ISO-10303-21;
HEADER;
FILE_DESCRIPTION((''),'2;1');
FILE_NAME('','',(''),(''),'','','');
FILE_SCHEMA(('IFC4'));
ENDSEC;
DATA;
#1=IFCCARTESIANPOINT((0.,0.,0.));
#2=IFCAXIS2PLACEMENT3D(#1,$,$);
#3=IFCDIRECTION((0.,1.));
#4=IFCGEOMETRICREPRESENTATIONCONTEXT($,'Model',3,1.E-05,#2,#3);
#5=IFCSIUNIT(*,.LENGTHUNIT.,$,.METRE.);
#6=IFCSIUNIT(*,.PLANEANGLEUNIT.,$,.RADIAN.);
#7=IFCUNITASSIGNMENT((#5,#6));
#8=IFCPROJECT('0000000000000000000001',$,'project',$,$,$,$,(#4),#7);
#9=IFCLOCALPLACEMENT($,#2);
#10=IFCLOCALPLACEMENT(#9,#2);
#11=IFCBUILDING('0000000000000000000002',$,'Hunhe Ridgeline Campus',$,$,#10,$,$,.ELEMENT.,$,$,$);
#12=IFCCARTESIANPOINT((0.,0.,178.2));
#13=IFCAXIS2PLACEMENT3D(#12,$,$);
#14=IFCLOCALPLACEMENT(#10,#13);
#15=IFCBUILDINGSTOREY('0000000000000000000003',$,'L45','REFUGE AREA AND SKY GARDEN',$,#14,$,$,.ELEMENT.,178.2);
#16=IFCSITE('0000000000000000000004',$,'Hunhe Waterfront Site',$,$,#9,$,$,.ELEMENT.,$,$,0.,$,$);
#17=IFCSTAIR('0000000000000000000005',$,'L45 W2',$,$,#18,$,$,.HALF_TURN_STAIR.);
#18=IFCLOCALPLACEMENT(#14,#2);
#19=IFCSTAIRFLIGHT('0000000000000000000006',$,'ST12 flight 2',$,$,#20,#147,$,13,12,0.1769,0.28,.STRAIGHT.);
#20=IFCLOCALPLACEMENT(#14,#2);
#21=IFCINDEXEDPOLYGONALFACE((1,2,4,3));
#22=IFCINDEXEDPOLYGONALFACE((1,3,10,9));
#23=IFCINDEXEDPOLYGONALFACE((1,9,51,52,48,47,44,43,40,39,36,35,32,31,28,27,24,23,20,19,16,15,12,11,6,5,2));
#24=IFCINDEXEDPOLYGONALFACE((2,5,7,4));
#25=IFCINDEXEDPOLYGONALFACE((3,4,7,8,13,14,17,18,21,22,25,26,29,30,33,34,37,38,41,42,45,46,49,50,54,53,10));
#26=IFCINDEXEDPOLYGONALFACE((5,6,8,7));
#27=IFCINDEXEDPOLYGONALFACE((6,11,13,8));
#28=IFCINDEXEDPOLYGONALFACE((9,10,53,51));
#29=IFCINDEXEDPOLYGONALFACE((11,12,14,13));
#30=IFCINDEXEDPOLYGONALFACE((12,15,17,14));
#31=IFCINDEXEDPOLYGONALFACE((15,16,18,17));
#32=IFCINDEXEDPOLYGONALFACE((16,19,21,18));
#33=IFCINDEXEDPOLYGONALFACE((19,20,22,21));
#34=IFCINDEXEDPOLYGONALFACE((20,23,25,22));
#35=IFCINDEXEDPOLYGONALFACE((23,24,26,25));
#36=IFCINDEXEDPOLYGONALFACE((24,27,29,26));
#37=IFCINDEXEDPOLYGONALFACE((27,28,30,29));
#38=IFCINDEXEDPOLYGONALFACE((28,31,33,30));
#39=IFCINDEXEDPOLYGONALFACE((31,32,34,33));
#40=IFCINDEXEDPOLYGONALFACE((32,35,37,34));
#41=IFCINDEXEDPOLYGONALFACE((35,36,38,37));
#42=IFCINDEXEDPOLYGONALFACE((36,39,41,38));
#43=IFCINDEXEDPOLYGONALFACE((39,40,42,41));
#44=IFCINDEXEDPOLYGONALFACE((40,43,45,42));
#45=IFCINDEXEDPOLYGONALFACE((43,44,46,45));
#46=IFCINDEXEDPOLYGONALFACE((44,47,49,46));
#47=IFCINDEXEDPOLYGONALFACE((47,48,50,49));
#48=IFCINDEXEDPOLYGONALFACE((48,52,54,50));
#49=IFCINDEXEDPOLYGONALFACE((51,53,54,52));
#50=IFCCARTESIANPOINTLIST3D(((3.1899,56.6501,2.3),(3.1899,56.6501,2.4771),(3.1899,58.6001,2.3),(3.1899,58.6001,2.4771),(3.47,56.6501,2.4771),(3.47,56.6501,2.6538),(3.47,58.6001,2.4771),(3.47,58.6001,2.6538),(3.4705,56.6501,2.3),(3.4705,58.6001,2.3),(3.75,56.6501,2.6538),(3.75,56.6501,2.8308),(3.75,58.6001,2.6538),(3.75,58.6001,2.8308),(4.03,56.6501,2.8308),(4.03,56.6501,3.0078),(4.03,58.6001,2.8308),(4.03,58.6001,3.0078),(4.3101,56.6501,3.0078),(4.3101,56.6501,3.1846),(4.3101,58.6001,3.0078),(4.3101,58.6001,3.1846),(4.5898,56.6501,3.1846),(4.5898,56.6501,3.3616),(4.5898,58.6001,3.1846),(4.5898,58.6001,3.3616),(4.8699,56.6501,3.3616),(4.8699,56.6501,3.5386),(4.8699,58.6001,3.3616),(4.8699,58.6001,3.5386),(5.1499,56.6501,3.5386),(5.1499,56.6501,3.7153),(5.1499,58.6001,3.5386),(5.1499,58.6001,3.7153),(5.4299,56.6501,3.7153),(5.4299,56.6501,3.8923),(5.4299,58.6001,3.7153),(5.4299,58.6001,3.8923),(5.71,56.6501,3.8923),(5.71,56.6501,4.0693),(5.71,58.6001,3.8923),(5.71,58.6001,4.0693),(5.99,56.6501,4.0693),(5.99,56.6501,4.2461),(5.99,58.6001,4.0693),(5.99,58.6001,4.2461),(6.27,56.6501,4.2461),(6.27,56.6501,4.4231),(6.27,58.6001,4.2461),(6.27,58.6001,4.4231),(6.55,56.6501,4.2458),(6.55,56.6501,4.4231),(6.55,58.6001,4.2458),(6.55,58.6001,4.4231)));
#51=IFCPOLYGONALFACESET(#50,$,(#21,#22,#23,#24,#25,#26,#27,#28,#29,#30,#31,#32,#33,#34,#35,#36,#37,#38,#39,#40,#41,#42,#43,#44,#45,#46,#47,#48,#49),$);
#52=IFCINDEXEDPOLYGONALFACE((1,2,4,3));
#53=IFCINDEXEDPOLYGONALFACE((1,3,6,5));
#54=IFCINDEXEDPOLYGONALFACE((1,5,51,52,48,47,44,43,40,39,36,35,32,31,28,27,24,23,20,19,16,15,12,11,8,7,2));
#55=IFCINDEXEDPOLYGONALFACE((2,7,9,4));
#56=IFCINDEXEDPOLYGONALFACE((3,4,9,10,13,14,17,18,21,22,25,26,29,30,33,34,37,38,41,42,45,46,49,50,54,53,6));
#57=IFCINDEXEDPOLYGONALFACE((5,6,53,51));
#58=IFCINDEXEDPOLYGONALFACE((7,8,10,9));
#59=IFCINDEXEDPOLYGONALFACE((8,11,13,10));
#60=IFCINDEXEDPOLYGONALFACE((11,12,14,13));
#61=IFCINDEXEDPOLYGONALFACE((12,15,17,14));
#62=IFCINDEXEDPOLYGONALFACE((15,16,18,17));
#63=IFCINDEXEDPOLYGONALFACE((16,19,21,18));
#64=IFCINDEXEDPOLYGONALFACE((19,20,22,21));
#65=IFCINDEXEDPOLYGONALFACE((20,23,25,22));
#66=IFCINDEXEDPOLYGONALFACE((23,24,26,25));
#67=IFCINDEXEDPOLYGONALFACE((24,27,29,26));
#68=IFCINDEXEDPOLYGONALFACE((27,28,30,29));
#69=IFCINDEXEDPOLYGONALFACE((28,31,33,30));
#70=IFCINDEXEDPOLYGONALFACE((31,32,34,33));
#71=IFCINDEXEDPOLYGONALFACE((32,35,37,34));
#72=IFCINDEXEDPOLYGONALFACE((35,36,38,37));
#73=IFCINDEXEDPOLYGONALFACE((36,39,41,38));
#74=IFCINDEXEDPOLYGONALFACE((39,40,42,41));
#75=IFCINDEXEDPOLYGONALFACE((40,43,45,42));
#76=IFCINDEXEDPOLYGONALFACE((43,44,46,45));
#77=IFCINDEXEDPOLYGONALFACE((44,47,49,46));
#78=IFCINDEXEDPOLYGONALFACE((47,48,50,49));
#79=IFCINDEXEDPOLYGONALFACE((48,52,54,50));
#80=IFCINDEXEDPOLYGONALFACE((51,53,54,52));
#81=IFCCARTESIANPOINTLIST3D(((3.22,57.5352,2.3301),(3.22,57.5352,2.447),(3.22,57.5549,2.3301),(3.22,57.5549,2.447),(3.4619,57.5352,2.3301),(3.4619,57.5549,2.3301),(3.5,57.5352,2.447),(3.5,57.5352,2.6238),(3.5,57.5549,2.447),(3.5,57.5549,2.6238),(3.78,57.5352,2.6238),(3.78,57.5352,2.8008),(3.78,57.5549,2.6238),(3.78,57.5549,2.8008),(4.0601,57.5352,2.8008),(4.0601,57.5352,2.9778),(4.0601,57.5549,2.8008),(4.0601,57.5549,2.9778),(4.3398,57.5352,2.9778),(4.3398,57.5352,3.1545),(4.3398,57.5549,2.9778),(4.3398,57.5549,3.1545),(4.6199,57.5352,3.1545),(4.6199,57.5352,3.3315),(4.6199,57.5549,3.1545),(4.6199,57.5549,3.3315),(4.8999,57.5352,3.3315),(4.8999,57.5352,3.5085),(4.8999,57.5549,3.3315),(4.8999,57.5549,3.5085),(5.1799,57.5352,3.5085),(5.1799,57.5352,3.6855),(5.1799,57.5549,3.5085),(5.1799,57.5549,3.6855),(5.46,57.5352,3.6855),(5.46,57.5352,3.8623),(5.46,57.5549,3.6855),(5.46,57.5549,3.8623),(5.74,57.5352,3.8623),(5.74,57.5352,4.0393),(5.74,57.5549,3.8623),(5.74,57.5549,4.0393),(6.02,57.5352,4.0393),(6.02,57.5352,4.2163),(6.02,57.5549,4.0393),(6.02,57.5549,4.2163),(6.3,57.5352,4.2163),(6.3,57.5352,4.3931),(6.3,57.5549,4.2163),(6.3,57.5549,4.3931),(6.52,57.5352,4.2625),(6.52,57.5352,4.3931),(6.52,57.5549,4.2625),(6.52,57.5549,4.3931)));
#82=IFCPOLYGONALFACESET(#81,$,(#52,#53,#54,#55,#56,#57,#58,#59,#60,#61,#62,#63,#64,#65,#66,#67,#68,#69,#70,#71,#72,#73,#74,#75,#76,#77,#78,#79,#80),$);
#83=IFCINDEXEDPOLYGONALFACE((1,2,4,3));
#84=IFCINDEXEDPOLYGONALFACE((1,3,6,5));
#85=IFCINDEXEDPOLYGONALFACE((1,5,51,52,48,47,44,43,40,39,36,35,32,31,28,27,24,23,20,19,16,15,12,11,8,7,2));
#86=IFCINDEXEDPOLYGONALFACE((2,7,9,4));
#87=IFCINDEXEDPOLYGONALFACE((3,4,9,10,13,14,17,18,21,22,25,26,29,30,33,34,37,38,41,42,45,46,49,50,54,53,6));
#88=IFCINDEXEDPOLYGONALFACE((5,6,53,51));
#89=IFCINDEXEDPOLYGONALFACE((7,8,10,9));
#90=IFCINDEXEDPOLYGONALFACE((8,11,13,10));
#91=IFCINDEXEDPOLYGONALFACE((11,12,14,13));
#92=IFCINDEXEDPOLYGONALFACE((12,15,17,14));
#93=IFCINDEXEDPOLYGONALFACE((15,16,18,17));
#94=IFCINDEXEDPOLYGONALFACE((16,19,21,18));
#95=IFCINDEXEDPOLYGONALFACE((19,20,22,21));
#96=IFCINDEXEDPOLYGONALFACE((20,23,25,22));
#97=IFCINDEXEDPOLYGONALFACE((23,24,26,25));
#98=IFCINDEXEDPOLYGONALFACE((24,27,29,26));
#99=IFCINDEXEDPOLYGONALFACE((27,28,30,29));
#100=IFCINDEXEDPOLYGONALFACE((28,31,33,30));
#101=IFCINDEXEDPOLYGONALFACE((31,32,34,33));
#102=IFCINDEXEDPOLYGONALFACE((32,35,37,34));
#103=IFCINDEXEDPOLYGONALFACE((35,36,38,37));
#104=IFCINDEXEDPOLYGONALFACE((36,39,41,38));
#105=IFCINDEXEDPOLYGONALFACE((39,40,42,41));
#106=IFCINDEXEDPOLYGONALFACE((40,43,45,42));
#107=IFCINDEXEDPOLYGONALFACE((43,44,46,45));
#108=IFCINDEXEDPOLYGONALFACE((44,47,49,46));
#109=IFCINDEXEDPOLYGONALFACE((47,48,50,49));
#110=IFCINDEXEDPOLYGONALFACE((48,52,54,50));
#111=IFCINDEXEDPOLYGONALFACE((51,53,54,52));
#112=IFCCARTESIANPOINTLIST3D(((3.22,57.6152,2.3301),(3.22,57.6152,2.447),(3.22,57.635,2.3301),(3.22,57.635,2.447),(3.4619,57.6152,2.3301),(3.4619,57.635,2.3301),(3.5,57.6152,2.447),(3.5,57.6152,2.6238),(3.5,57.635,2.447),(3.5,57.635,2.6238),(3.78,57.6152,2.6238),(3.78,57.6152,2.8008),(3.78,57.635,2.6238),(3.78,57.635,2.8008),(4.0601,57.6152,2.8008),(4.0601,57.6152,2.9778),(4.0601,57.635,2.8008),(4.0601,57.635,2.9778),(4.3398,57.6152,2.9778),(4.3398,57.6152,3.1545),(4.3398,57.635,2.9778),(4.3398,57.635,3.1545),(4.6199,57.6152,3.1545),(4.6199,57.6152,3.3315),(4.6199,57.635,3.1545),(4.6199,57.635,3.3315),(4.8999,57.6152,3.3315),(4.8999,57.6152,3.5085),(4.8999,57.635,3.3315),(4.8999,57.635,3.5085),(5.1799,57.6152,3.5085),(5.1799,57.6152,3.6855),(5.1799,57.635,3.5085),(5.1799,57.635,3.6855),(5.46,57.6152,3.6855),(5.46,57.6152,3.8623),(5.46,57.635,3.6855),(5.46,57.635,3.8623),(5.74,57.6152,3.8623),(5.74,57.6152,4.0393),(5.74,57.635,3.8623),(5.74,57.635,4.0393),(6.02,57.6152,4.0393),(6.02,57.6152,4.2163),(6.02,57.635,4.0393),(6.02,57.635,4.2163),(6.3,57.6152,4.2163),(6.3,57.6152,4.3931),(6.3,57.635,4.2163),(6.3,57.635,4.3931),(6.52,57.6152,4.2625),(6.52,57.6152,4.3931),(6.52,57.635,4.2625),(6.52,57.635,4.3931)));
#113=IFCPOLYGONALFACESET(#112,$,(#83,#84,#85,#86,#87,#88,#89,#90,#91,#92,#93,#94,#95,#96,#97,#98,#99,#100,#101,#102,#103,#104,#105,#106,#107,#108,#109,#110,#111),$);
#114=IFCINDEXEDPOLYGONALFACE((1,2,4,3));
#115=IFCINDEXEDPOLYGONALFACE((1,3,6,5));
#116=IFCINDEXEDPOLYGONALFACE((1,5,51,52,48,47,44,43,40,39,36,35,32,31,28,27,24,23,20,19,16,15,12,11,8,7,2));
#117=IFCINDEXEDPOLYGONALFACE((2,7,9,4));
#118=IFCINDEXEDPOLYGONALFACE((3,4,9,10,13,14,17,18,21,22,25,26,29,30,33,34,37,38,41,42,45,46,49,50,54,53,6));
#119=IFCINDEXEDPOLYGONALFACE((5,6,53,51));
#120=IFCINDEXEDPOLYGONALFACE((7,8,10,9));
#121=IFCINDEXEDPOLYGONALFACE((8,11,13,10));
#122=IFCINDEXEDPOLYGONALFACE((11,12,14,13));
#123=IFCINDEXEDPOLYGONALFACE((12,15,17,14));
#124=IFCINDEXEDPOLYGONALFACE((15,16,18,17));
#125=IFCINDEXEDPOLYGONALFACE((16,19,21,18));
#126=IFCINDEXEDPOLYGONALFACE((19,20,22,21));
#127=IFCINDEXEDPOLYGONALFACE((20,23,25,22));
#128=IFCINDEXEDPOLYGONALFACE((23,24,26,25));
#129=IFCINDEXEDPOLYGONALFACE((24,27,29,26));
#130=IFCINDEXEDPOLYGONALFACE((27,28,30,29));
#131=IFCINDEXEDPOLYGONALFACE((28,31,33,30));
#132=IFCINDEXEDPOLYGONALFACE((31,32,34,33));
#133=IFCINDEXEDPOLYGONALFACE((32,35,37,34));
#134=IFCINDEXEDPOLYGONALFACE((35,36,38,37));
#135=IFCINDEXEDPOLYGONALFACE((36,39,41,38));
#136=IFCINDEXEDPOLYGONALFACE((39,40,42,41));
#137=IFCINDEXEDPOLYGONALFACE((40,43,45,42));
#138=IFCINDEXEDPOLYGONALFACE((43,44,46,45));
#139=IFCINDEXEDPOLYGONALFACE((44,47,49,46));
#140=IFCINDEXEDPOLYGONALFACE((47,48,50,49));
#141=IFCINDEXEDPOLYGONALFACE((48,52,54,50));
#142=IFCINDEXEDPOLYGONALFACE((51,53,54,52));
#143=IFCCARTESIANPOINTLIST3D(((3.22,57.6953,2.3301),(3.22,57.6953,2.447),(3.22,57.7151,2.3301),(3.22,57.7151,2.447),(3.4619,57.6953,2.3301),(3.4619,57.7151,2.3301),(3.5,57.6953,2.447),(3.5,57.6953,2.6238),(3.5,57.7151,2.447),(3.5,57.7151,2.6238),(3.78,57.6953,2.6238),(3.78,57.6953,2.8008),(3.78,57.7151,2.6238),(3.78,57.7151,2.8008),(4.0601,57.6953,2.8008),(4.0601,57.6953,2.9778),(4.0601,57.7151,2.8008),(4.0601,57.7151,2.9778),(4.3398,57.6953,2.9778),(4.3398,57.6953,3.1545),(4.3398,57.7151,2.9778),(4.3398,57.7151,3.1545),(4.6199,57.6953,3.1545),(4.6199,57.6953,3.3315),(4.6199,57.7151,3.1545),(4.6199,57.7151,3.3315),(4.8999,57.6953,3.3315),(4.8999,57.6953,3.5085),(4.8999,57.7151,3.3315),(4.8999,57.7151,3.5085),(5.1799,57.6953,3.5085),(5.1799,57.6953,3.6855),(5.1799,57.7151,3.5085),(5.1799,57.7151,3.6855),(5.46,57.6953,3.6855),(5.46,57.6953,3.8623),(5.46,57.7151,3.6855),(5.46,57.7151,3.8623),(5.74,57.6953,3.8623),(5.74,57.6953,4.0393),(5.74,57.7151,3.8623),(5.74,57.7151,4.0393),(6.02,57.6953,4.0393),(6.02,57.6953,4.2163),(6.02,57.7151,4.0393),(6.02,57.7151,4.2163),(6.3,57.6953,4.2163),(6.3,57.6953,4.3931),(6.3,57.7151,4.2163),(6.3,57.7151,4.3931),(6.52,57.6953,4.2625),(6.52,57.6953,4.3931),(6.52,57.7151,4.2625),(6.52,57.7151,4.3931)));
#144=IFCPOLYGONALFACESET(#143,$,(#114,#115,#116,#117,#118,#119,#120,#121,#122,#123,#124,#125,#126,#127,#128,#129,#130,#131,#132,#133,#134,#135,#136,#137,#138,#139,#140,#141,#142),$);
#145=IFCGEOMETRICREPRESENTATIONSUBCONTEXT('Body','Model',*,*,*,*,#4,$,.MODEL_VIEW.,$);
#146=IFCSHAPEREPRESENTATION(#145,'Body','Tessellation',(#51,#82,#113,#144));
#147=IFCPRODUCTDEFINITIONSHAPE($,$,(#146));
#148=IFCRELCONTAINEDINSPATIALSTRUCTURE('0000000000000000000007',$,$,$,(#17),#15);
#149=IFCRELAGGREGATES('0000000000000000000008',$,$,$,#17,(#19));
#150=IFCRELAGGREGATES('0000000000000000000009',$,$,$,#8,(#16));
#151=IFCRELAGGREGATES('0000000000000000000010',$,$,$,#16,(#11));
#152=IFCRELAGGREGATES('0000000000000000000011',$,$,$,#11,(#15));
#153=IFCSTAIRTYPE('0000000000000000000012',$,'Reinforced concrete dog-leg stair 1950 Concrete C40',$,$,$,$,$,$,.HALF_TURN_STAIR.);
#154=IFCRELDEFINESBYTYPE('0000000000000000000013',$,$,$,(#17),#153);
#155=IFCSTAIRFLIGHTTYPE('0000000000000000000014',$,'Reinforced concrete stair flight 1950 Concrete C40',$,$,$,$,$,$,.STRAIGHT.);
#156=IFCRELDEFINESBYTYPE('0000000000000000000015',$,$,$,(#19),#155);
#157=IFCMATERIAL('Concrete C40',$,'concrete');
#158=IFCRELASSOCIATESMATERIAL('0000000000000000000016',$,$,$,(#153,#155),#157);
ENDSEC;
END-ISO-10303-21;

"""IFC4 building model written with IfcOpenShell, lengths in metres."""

from ifc_helpers import new_model, si_unit, direction, frame, origin, place, context, subcontext, project, spatial, polyline, outline, extrude, material, type_object, element, aggregate, save


model = new_model("IFC4")

# Units and contexts
model_context = context("Model", 3, precision=1e-05, world=origin(), true_north=direction((0.0, 1.0)))
body_context = subcontext(model_context, "Body", "Model", "MODEL_VIEW")
ifc_project = project(units=[si_unit("LENGTHUNIT", "METRE"), si_unit("PLANEANGLEUNIT", "RADIAN")], contexts=[model_context])

# Site, building, storey
site_placement = place(None, origin())
site = spatial("IfcSite", under=ifc_project, at=site_placement, Name="Hunhe Waterfront Site", CompositionType="ELEMENT", RefElevation=0.0)
building_placement = place(site_placement, origin())
building = spatial("IfcBuilding", under=site, at=building_placement, Name="Hunhe Ridgeline Campus", CompositionType="ELEMENT")
storey_placement = place(building_placement, frame((0.0, 0.0, 178.2)))
storey = spatial("IfcBuildingStorey", under=building, at=storey_placement, Name="L45", Description="REFUGE AREA AND SKY GARDEN", CompositionType="ELEMENT", Elevation=178.2)

# Shared definitions
ifc_material_1 = material(Name="Concrete C40", Category="concrete")
stair_type = type_object("IfcStairType", Name="Reinforced concrete dog-leg stair 1950 Concrete C40", PredefinedType="HALF_TURN_STAIR", material=ifc_material_1)
stair_flight_type = type_object("IfcStairFlightType", Name="Reinforced concrete stair flight 1950 Concrete C40", PredefinedType="STRAIGHT", material=ifc_material_1)

# Stair, stair flight
stair_1_placement = place(storey_placement, origin())
stair_1 = element("IfcStair", 1, at=stair_1_placement, inside=storey, type_object=stair_type, Name="L45 W2", PredefinedType="HALF_TURN_STAIR")
stair_flight_1_placement = place(storey_placement, frame((3.1899, 57.625, 2.3), z_axis=(0.0, 0.0, 1.0), x_axis=(1.0, 0.0, 0.0)))
stair_flight_1 = element("IfcStairFlight", 2, at=stair_flight_1_placement, type_object=stair_flight_type, Name="ST12 flight 2", NumberOfRisers=13, NumberOfTreads=12, PredefinedType="STRAIGHT", RiserHeight=0.1769, TreadLength=0.28, context=body_context, shape_type="SweptSolid", body=[
    extrude(outline(polyline([(0.0, 0.0), (0.0, 0.177), (0.28, 0.177), (0.28, 0.3538), (0.5601, 0.3538), (0.5601, 0.5308), (0.8401, 0.5308), (0.8401, 0.7078), (1.1201, 0.7078), (1.1201, 0.8845), (1.3999, 0.8845), (1.3999, 1.0615), (1.6799, 1.0615), (1.6799, 1.2385), (1.96, 1.2385), (1.96, 1.4153), (2.24, 1.4153), (2.24, 1.5923), (2.52, 1.5923), (2.52, 1.7693), (2.8, 1.7693), (2.8, 1.946), (3.0801, 1.946), (3.0801, 2.123), (3.3601, 2.123), (3.3601, 2.3), (3.3601, 1.9458), (0.2805, 0.0), (0.0, 0.0)])), frame((0.0, 0.9751, 0.0), z_axis=(0.0, -1.0, 0.0), x_axis=(1.0, 0.0, 0.0)), (0.0, 0.0, 1.0), 1.95),
    extrude(outline(polyline([(0.03, 0.03), (0.03, 0.147), (0.3101, 0.147), (0.3101, 0.3237), (0.5901, 0.3237), (0.5901, 0.5007), (0.8701, 0.5007), (0.8701, 0.6777), (1.1499, 0.6777), (1.1499, 0.8545), (1.4299, 0.8545), (1.4299, 1.0315), (1.71, 1.0315), (1.71, 1.2085), (1.99, 1.2085), (1.99, 1.3855), (2.27, 1.3855), (2.27, 1.5623), (2.55, 1.5623), (2.55, 1.7393), (2.8301, 1.7393), (2.8301, 1.9163), (3.1101, 1.9163), (3.1101, 2.093), (3.3301, 2.093), (3.3301, 1.9624), (0.272, 0.03), (0.03, 0.03)])), frame((0.0, -0.0701, 0.0), z_axis=(0.0, -1.0, 0.0), x_axis=(1.0, 0.0, 0.0)), (0.0, 0.0, 1.0), 0.0198),
    extrude(outline(polyline([(0.03, 0.03), (0.03, 0.147), (0.3101, 0.147), (0.3101, 0.3237), (0.5901, 0.3237), (0.5901, 0.5007), (0.8701, 0.5007), (0.8701, 0.6777), (1.1499, 0.6777), (1.1499, 0.8545), (1.4299, 0.8545), (1.4299, 1.0315), (1.71, 1.0315), (1.71, 1.2085), (1.99, 1.2085), (1.99, 1.3855), (2.27, 1.3855), (2.27, 1.5623), (2.55, 1.5623), (2.55, 1.7393), (2.8301, 1.7393), (2.8301, 1.9163), (3.1101, 1.9163), (3.1101, 2.093), (3.3301, 2.093), (3.3301, 1.9624), (0.272, 0.03), (0.03, 0.03)])), frame((0.0, 0.01, 0.0), z_axis=(0.0, -1.0, 0.0), x_axis=(1.0, 0.0, 0.0)), (0.0, 0.0, 1.0), 0.0198),
    extrude(outline(polyline([(0.03, 0.03), (0.03, 0.147), (0.3101, 0.147), (0.3101, 0.3237), (0.5901, 0.3237), (0.5901, 0.5007), (0.8701, 0.5007), (0.8701, 0.6777), (1.1499, 0.6777), (1.1499, 0.8545), (1.4299, 0.8545), (1.4299, 1.0315), (1.71, 1.0315), (1.71, 1.2085), (1.99, 1.2085), (1.99, 1.3855), (2.27, 1.3855), (2.27, 1.5623), (2.55, 1.5623), (2.55, 1.7393), (2.8301, 1.7393), (2.8301, 1.9163), (3.1101, 1.9163), (3.1101, 2.093), (3.3301, 2.093), (3.3301, 1.9624), (0.272, 0.03), (0.03, 0.03)])), frame((0.0, 0.0901, 0.0), z_axis=(0.0, -1.0, 0.0), x_axis=(1.0, 0.0, 0.0)), (0.0, 0.0, 1.0), 0.0198),
])
aggregate(stair_1, [stair_flight_1])

save(model, "model.ifc")
